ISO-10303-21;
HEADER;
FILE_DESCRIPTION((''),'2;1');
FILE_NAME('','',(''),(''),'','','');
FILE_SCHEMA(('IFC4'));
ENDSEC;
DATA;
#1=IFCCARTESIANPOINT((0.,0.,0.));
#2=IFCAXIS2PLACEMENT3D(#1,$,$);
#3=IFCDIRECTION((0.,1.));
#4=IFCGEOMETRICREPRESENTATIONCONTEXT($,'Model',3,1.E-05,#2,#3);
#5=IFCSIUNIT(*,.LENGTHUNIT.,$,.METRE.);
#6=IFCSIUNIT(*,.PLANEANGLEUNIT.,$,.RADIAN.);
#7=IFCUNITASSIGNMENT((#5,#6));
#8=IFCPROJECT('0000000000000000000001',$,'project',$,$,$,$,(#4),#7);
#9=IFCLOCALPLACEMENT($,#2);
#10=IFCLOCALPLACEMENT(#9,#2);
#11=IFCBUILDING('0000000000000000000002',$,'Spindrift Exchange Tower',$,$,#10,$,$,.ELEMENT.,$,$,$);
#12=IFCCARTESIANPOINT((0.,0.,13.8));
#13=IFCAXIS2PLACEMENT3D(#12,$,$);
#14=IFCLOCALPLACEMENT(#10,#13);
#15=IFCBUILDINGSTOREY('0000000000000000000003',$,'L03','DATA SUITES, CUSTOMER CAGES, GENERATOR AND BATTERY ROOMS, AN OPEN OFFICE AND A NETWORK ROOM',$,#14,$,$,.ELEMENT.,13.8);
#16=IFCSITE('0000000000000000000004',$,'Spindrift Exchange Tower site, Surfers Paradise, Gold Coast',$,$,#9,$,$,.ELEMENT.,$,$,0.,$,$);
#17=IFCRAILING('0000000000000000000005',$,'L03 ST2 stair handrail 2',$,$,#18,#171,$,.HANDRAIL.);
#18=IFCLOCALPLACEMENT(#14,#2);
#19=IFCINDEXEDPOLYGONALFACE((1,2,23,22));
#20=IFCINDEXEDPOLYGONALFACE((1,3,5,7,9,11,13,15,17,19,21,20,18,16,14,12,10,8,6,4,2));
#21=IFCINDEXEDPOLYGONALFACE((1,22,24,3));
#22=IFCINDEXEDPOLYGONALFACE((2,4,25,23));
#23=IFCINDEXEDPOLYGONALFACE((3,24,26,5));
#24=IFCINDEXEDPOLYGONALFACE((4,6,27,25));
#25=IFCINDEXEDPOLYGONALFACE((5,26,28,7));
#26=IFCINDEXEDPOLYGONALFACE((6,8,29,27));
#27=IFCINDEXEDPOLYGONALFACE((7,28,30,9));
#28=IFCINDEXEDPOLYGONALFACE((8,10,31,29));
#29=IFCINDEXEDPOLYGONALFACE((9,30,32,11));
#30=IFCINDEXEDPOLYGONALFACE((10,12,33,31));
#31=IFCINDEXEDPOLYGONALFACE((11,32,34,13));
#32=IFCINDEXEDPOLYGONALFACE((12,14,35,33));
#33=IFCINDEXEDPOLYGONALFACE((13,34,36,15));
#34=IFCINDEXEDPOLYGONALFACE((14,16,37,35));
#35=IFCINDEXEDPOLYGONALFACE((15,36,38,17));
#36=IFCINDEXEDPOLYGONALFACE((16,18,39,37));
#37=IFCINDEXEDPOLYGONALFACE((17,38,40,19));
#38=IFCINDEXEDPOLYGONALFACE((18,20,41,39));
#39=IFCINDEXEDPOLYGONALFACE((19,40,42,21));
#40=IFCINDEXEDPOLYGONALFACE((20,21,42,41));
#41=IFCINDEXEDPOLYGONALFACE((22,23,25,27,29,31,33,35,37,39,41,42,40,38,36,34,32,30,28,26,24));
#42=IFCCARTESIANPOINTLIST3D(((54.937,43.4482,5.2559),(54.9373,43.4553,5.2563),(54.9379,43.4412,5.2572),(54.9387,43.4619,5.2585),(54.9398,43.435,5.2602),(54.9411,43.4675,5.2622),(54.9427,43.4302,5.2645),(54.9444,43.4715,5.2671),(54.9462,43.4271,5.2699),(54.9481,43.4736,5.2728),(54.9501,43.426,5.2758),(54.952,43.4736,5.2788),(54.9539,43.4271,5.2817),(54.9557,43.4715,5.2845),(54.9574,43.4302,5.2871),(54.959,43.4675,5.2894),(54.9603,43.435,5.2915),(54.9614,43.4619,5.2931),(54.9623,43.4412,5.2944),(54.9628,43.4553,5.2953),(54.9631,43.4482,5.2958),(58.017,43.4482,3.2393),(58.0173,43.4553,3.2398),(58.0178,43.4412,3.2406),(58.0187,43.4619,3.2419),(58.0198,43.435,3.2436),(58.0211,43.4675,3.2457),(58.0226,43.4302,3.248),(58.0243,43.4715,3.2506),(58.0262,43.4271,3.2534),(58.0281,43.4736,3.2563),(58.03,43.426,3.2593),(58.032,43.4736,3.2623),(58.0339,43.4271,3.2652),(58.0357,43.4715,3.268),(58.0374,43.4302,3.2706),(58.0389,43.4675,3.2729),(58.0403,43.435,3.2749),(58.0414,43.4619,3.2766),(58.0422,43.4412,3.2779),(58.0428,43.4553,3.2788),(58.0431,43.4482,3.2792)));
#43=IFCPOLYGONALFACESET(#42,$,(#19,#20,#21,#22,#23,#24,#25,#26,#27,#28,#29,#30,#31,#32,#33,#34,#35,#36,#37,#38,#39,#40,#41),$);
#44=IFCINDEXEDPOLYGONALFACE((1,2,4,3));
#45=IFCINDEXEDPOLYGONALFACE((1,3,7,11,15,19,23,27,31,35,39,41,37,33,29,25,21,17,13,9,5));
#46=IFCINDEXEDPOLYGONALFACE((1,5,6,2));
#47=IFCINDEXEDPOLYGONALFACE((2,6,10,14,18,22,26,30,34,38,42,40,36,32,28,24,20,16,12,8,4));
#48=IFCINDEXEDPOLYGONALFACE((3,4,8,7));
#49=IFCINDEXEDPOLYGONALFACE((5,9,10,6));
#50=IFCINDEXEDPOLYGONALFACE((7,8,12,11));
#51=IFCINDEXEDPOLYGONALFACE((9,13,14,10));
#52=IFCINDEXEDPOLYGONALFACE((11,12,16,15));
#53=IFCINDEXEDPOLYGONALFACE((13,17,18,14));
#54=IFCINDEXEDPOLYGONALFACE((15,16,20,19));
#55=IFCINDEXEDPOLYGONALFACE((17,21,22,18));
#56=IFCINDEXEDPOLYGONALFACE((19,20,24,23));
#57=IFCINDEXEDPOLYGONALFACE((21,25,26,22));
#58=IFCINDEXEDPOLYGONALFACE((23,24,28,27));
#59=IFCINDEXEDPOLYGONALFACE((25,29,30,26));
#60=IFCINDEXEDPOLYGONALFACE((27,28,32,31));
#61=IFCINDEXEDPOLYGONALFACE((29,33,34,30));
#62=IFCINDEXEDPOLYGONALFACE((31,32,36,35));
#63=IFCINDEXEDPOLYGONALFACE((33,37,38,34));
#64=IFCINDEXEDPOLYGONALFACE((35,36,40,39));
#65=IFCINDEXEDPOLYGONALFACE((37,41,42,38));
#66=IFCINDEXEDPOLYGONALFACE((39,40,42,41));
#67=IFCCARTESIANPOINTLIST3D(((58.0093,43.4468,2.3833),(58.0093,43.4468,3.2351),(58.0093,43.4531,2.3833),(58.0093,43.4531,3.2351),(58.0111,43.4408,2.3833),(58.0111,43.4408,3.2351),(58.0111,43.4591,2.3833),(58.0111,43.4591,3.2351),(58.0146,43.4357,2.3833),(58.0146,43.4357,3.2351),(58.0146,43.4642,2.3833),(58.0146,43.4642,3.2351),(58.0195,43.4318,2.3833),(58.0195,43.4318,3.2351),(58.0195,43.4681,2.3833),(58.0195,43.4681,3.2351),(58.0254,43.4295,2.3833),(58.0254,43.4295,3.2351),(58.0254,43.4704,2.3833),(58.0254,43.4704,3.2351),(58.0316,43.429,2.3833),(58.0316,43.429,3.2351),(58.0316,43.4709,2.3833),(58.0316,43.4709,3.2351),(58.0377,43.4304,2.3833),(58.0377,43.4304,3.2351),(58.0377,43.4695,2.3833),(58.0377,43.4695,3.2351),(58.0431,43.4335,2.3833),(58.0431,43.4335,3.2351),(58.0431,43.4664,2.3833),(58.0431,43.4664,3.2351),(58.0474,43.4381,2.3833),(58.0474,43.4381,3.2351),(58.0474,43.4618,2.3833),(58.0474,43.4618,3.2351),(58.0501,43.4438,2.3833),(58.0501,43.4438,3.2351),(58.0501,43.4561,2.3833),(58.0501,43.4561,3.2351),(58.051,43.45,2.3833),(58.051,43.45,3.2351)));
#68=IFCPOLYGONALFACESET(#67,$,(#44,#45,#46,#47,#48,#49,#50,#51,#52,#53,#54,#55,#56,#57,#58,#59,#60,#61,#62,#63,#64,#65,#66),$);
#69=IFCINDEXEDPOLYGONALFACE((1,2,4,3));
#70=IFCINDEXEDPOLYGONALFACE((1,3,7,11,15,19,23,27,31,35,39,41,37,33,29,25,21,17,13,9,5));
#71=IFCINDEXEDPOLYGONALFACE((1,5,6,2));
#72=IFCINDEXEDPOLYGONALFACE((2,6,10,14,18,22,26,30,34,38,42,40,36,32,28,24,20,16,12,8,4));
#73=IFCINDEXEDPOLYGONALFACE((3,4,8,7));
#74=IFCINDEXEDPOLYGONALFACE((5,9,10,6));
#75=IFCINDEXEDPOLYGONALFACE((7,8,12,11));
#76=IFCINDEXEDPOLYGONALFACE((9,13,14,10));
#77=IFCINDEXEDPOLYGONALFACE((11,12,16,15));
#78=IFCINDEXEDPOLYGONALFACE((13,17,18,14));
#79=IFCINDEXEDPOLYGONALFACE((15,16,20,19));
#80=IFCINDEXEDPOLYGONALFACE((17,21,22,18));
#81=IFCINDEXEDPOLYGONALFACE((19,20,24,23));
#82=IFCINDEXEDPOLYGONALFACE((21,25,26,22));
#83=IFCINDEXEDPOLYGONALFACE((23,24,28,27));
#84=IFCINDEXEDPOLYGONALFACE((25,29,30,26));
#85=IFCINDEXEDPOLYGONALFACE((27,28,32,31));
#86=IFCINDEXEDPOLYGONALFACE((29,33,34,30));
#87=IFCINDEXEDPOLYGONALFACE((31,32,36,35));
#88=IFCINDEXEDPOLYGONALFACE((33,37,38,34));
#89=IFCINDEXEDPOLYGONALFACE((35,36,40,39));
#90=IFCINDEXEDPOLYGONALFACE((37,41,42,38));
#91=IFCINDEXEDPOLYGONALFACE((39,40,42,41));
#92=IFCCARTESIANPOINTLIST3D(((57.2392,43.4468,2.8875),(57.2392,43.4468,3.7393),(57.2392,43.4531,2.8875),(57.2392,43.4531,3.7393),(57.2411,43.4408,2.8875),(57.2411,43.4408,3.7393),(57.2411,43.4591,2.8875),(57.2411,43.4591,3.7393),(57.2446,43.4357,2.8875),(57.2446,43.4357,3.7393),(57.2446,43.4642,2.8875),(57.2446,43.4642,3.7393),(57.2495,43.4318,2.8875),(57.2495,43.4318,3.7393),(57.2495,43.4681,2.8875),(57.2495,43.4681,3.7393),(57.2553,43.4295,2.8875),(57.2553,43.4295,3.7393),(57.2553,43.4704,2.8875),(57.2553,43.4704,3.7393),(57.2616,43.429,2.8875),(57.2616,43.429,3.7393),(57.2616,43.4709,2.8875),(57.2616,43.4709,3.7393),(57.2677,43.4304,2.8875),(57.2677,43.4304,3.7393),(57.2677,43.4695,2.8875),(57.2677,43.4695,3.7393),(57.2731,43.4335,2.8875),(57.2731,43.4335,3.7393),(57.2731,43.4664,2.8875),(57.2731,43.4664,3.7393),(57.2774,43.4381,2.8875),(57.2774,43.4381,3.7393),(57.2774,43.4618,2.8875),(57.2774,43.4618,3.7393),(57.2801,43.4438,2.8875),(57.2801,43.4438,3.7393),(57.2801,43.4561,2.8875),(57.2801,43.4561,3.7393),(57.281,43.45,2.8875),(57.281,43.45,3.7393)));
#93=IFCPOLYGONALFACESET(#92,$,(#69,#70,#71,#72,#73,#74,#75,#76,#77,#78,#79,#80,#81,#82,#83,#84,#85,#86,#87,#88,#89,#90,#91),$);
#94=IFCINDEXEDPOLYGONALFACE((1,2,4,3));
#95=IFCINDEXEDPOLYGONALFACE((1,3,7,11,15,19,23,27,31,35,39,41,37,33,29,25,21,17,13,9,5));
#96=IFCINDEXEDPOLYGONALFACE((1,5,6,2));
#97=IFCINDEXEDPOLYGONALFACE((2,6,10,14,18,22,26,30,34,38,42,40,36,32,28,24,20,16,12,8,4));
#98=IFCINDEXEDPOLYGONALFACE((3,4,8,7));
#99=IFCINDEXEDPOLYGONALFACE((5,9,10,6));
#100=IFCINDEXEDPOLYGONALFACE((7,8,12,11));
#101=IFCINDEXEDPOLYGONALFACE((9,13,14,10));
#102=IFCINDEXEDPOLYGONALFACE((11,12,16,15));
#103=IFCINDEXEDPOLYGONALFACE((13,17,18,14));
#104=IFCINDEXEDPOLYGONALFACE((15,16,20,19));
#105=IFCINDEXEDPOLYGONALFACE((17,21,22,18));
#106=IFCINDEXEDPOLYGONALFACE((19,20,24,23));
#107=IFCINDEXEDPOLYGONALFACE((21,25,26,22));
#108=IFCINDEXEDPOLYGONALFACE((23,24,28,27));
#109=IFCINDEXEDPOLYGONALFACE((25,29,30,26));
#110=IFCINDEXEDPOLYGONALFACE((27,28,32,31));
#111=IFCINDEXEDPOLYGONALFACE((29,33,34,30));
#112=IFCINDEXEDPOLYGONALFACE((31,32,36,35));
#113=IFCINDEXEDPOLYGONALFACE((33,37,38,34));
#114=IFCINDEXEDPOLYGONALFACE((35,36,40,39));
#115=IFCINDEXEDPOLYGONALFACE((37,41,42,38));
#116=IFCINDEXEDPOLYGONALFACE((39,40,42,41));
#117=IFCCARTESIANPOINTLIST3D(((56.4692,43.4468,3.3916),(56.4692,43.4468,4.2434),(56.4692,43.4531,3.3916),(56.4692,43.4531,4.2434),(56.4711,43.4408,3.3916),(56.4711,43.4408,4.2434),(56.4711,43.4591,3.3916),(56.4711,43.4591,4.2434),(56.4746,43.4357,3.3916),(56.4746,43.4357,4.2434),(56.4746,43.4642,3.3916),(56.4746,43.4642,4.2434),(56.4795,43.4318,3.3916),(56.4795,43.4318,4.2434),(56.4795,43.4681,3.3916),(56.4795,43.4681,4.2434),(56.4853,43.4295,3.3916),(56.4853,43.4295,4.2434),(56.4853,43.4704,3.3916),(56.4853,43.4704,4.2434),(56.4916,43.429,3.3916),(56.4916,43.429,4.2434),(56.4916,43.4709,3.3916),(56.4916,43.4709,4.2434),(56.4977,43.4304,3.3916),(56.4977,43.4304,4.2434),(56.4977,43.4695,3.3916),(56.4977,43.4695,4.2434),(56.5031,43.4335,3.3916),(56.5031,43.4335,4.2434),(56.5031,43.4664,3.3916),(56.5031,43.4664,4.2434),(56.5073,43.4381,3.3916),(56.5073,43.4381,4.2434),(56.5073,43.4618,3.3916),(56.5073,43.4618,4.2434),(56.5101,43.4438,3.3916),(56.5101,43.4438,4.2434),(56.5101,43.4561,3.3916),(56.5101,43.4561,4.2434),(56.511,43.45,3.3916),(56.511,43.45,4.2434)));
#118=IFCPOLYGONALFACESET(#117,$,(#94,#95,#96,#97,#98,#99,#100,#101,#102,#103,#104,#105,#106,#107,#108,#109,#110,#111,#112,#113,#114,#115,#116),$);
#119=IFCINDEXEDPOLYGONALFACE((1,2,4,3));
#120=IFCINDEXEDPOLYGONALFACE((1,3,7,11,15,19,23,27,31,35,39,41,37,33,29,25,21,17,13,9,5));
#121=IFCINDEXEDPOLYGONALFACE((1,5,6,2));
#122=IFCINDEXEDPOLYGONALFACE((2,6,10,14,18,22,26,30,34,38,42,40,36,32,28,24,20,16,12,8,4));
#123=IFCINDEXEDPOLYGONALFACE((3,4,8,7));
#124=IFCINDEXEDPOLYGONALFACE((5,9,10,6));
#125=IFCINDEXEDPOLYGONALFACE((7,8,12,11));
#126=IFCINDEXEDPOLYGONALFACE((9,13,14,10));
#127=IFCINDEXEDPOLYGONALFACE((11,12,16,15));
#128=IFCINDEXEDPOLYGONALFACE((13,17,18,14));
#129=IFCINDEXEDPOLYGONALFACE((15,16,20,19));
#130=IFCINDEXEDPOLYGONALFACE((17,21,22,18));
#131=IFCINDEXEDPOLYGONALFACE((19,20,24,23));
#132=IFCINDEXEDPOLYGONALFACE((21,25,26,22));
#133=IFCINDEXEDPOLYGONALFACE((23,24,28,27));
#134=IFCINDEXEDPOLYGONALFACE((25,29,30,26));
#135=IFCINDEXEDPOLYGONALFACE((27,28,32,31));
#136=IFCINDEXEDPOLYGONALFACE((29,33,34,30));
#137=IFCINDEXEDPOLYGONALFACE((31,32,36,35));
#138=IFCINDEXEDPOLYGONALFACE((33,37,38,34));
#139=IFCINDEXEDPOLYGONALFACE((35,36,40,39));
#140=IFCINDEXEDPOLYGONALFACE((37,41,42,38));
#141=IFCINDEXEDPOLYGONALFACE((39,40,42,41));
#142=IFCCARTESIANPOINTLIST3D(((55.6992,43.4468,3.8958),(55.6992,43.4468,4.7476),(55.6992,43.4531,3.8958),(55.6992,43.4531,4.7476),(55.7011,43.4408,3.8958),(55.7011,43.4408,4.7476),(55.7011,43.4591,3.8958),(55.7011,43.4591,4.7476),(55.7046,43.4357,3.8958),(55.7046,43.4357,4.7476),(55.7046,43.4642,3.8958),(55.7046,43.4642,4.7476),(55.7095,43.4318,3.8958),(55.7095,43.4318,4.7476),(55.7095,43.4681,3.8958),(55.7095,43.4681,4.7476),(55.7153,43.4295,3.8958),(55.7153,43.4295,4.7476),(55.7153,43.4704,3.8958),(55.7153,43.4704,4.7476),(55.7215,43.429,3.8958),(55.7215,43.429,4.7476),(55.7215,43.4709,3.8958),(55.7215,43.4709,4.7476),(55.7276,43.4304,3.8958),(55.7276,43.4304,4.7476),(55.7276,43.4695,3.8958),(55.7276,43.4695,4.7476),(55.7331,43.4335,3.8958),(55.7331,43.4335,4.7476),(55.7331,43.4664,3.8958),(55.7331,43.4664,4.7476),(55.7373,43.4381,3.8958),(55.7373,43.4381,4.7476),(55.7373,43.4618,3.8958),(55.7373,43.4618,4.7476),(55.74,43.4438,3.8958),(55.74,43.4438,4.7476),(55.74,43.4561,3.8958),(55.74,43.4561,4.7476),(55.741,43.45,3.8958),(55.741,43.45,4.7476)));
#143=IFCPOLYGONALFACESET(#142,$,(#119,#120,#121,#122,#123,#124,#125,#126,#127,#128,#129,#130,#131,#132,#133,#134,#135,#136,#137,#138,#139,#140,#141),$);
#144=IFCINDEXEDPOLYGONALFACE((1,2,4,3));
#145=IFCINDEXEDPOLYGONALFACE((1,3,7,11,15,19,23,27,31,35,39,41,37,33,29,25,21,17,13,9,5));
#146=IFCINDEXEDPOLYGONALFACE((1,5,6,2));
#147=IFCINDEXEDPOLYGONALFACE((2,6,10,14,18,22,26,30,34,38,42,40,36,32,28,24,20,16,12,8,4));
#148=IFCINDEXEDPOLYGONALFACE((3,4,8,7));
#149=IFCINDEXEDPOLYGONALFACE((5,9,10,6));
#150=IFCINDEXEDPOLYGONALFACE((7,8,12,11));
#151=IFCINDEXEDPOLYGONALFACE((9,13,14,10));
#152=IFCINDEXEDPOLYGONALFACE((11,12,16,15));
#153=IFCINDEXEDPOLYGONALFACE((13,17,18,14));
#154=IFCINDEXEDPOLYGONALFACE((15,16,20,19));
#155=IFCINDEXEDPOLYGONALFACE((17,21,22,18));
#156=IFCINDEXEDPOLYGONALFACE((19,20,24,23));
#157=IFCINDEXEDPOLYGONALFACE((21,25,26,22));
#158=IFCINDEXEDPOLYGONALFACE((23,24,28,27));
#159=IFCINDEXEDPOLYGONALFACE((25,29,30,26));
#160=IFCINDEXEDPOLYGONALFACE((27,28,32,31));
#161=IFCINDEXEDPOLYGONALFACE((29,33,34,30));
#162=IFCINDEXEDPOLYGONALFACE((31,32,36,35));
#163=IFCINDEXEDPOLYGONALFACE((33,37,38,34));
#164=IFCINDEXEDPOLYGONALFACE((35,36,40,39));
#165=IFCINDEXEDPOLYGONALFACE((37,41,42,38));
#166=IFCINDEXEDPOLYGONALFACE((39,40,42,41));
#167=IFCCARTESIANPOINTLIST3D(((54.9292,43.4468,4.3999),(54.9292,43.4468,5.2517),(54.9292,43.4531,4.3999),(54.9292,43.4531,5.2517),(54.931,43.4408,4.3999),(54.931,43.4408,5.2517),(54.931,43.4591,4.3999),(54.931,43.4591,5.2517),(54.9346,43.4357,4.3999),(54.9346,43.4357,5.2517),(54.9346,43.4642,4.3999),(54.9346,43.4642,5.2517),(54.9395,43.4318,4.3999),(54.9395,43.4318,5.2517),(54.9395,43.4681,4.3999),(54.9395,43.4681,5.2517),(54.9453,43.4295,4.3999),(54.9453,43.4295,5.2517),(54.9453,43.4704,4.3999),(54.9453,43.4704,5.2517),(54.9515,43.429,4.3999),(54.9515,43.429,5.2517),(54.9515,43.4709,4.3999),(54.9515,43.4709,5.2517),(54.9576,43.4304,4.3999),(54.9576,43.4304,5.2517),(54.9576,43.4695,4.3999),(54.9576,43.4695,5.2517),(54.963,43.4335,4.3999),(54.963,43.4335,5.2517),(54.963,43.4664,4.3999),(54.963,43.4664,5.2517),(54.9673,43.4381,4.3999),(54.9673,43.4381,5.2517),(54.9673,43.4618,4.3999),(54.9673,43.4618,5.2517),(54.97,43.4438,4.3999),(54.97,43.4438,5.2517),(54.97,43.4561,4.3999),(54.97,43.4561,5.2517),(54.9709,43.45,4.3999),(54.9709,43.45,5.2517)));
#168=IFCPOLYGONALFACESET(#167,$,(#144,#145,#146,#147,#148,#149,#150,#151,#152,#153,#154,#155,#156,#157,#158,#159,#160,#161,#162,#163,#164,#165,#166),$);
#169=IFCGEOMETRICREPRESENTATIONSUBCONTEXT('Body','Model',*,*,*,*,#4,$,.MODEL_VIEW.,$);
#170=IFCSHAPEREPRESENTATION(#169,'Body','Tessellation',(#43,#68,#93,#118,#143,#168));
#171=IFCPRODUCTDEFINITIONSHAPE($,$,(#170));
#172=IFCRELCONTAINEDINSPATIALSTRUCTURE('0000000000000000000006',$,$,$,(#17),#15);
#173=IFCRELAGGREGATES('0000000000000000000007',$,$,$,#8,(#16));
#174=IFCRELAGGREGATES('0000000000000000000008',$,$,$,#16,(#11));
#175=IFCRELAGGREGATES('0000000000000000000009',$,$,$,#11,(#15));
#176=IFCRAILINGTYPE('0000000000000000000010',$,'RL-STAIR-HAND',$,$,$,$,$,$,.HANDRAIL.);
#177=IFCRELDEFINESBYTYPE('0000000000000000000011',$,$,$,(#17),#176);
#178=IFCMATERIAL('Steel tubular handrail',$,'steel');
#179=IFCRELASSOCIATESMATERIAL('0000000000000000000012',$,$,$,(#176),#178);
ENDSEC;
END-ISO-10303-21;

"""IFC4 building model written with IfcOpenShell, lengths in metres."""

from ifc_helpers import new_model, si_unit, direction, frame, origin, origin_2d, place, context, subcontext, project, spatial, circle, extrude, material, type_object, element, save


model = new_model("IFC4")

# Units and contexts
model_context = context("Model", 3, precision=1e-05, world=origin(), true_north=direction((0.0, 1.0)))
body_context = subcontext(model_context, "Body", "Model", "MODEL_VIEW")
ifc_project = project(units=[si_unit("LENGTHUNIT", "METRE"), si_unit("PLANEANGLEUNIT", "RADIAN")], contexts=[model_context])

# Site, building, storey
site_placement = place(None, origin())
site = spatial("IfcSite", under=ifc_project, at=site_placement, Name="Spindrift Exchange Tower site, Surfers Paradise, Gold Coast", CompositionType="ELEMENT", RefElevation=0.0)
building_placement = place(site_placement, origin())
building = spatial("IfcBuilding", under=site, at=building_placement, Name="Spindrift Exchange Tower", CompositionType="ELEMENT")
storey_placement = place(building_placement, frame((0.0, 0.0, 13.8)))
storey = spatial("IfcBuildingStorey", under=building, at=storey_placement, Name="L03", Description="DATA SUITES, CUSTOMER CAGES, GENERATOR AND BATTERY ROOMS, AN OPEN OFFICE AND A NETWORK ROOM", CompositionType="ELEMENT", Elevation=13.8)

# Railing
ifc_material_1 = material(Name="Steel tubular handrail", Category="steel")
railing_type_1 = type_object("IfcRailingType", Name="RL-STAIR-HAND", PredefinedType="HANDRAIL", material=ifc_material_1)
railing_1_placement = place(storey_placement, frame((58.03, 43.45, 2.3833)))
element("IfcRailing", 1, at=railing_1_placement, inside=storey, type_object=railing_type_1, Name="L03 ST2 stair handrail 2", PredefinedType="HANDRAIL", context=body_context, shape_type="SweptSolid", body=[
    extrude(circle(Radius=0.0239, at=origin_2d()), frame((0.0, 0.0, 0.876), z_axis=(-0.836633, 0.0, 0.547764), x_axis=(0.0, -1.0, 0.0)), (0.0, 0.0, 1.0), 3.6814),
    extrude(circle(Radius=0.021, at=origin_2d()), origin(), (0.0, 0.0, 1.0), 0.8518),
    extrude(circle(Radius=0.021, at=origin_2d()), frame((-0.77, 0.0, 0.5042)), (0.0, 0.0, 1.0), 0.8518),
    extrude(circle(Radius=0.021, at=origin_2d()), frame((-1.54, 0.0, 1.0083)), (0.0, 0.0, 1.0), 0.8518),
    extrude(circle(Radius=0.021, at=origin_2d()), frame((-2.3101, 0.0, 1.5125)), (0.0, 0.0, 1.0), 0.8518),
    extrude(circle(Radius=0.021, at=origin_2d()), frame((-3.0801, 0.0, 2.0166)), (0.0, 0.0, 1.0), 0.8518),
])

save(model, "model.ifc")
